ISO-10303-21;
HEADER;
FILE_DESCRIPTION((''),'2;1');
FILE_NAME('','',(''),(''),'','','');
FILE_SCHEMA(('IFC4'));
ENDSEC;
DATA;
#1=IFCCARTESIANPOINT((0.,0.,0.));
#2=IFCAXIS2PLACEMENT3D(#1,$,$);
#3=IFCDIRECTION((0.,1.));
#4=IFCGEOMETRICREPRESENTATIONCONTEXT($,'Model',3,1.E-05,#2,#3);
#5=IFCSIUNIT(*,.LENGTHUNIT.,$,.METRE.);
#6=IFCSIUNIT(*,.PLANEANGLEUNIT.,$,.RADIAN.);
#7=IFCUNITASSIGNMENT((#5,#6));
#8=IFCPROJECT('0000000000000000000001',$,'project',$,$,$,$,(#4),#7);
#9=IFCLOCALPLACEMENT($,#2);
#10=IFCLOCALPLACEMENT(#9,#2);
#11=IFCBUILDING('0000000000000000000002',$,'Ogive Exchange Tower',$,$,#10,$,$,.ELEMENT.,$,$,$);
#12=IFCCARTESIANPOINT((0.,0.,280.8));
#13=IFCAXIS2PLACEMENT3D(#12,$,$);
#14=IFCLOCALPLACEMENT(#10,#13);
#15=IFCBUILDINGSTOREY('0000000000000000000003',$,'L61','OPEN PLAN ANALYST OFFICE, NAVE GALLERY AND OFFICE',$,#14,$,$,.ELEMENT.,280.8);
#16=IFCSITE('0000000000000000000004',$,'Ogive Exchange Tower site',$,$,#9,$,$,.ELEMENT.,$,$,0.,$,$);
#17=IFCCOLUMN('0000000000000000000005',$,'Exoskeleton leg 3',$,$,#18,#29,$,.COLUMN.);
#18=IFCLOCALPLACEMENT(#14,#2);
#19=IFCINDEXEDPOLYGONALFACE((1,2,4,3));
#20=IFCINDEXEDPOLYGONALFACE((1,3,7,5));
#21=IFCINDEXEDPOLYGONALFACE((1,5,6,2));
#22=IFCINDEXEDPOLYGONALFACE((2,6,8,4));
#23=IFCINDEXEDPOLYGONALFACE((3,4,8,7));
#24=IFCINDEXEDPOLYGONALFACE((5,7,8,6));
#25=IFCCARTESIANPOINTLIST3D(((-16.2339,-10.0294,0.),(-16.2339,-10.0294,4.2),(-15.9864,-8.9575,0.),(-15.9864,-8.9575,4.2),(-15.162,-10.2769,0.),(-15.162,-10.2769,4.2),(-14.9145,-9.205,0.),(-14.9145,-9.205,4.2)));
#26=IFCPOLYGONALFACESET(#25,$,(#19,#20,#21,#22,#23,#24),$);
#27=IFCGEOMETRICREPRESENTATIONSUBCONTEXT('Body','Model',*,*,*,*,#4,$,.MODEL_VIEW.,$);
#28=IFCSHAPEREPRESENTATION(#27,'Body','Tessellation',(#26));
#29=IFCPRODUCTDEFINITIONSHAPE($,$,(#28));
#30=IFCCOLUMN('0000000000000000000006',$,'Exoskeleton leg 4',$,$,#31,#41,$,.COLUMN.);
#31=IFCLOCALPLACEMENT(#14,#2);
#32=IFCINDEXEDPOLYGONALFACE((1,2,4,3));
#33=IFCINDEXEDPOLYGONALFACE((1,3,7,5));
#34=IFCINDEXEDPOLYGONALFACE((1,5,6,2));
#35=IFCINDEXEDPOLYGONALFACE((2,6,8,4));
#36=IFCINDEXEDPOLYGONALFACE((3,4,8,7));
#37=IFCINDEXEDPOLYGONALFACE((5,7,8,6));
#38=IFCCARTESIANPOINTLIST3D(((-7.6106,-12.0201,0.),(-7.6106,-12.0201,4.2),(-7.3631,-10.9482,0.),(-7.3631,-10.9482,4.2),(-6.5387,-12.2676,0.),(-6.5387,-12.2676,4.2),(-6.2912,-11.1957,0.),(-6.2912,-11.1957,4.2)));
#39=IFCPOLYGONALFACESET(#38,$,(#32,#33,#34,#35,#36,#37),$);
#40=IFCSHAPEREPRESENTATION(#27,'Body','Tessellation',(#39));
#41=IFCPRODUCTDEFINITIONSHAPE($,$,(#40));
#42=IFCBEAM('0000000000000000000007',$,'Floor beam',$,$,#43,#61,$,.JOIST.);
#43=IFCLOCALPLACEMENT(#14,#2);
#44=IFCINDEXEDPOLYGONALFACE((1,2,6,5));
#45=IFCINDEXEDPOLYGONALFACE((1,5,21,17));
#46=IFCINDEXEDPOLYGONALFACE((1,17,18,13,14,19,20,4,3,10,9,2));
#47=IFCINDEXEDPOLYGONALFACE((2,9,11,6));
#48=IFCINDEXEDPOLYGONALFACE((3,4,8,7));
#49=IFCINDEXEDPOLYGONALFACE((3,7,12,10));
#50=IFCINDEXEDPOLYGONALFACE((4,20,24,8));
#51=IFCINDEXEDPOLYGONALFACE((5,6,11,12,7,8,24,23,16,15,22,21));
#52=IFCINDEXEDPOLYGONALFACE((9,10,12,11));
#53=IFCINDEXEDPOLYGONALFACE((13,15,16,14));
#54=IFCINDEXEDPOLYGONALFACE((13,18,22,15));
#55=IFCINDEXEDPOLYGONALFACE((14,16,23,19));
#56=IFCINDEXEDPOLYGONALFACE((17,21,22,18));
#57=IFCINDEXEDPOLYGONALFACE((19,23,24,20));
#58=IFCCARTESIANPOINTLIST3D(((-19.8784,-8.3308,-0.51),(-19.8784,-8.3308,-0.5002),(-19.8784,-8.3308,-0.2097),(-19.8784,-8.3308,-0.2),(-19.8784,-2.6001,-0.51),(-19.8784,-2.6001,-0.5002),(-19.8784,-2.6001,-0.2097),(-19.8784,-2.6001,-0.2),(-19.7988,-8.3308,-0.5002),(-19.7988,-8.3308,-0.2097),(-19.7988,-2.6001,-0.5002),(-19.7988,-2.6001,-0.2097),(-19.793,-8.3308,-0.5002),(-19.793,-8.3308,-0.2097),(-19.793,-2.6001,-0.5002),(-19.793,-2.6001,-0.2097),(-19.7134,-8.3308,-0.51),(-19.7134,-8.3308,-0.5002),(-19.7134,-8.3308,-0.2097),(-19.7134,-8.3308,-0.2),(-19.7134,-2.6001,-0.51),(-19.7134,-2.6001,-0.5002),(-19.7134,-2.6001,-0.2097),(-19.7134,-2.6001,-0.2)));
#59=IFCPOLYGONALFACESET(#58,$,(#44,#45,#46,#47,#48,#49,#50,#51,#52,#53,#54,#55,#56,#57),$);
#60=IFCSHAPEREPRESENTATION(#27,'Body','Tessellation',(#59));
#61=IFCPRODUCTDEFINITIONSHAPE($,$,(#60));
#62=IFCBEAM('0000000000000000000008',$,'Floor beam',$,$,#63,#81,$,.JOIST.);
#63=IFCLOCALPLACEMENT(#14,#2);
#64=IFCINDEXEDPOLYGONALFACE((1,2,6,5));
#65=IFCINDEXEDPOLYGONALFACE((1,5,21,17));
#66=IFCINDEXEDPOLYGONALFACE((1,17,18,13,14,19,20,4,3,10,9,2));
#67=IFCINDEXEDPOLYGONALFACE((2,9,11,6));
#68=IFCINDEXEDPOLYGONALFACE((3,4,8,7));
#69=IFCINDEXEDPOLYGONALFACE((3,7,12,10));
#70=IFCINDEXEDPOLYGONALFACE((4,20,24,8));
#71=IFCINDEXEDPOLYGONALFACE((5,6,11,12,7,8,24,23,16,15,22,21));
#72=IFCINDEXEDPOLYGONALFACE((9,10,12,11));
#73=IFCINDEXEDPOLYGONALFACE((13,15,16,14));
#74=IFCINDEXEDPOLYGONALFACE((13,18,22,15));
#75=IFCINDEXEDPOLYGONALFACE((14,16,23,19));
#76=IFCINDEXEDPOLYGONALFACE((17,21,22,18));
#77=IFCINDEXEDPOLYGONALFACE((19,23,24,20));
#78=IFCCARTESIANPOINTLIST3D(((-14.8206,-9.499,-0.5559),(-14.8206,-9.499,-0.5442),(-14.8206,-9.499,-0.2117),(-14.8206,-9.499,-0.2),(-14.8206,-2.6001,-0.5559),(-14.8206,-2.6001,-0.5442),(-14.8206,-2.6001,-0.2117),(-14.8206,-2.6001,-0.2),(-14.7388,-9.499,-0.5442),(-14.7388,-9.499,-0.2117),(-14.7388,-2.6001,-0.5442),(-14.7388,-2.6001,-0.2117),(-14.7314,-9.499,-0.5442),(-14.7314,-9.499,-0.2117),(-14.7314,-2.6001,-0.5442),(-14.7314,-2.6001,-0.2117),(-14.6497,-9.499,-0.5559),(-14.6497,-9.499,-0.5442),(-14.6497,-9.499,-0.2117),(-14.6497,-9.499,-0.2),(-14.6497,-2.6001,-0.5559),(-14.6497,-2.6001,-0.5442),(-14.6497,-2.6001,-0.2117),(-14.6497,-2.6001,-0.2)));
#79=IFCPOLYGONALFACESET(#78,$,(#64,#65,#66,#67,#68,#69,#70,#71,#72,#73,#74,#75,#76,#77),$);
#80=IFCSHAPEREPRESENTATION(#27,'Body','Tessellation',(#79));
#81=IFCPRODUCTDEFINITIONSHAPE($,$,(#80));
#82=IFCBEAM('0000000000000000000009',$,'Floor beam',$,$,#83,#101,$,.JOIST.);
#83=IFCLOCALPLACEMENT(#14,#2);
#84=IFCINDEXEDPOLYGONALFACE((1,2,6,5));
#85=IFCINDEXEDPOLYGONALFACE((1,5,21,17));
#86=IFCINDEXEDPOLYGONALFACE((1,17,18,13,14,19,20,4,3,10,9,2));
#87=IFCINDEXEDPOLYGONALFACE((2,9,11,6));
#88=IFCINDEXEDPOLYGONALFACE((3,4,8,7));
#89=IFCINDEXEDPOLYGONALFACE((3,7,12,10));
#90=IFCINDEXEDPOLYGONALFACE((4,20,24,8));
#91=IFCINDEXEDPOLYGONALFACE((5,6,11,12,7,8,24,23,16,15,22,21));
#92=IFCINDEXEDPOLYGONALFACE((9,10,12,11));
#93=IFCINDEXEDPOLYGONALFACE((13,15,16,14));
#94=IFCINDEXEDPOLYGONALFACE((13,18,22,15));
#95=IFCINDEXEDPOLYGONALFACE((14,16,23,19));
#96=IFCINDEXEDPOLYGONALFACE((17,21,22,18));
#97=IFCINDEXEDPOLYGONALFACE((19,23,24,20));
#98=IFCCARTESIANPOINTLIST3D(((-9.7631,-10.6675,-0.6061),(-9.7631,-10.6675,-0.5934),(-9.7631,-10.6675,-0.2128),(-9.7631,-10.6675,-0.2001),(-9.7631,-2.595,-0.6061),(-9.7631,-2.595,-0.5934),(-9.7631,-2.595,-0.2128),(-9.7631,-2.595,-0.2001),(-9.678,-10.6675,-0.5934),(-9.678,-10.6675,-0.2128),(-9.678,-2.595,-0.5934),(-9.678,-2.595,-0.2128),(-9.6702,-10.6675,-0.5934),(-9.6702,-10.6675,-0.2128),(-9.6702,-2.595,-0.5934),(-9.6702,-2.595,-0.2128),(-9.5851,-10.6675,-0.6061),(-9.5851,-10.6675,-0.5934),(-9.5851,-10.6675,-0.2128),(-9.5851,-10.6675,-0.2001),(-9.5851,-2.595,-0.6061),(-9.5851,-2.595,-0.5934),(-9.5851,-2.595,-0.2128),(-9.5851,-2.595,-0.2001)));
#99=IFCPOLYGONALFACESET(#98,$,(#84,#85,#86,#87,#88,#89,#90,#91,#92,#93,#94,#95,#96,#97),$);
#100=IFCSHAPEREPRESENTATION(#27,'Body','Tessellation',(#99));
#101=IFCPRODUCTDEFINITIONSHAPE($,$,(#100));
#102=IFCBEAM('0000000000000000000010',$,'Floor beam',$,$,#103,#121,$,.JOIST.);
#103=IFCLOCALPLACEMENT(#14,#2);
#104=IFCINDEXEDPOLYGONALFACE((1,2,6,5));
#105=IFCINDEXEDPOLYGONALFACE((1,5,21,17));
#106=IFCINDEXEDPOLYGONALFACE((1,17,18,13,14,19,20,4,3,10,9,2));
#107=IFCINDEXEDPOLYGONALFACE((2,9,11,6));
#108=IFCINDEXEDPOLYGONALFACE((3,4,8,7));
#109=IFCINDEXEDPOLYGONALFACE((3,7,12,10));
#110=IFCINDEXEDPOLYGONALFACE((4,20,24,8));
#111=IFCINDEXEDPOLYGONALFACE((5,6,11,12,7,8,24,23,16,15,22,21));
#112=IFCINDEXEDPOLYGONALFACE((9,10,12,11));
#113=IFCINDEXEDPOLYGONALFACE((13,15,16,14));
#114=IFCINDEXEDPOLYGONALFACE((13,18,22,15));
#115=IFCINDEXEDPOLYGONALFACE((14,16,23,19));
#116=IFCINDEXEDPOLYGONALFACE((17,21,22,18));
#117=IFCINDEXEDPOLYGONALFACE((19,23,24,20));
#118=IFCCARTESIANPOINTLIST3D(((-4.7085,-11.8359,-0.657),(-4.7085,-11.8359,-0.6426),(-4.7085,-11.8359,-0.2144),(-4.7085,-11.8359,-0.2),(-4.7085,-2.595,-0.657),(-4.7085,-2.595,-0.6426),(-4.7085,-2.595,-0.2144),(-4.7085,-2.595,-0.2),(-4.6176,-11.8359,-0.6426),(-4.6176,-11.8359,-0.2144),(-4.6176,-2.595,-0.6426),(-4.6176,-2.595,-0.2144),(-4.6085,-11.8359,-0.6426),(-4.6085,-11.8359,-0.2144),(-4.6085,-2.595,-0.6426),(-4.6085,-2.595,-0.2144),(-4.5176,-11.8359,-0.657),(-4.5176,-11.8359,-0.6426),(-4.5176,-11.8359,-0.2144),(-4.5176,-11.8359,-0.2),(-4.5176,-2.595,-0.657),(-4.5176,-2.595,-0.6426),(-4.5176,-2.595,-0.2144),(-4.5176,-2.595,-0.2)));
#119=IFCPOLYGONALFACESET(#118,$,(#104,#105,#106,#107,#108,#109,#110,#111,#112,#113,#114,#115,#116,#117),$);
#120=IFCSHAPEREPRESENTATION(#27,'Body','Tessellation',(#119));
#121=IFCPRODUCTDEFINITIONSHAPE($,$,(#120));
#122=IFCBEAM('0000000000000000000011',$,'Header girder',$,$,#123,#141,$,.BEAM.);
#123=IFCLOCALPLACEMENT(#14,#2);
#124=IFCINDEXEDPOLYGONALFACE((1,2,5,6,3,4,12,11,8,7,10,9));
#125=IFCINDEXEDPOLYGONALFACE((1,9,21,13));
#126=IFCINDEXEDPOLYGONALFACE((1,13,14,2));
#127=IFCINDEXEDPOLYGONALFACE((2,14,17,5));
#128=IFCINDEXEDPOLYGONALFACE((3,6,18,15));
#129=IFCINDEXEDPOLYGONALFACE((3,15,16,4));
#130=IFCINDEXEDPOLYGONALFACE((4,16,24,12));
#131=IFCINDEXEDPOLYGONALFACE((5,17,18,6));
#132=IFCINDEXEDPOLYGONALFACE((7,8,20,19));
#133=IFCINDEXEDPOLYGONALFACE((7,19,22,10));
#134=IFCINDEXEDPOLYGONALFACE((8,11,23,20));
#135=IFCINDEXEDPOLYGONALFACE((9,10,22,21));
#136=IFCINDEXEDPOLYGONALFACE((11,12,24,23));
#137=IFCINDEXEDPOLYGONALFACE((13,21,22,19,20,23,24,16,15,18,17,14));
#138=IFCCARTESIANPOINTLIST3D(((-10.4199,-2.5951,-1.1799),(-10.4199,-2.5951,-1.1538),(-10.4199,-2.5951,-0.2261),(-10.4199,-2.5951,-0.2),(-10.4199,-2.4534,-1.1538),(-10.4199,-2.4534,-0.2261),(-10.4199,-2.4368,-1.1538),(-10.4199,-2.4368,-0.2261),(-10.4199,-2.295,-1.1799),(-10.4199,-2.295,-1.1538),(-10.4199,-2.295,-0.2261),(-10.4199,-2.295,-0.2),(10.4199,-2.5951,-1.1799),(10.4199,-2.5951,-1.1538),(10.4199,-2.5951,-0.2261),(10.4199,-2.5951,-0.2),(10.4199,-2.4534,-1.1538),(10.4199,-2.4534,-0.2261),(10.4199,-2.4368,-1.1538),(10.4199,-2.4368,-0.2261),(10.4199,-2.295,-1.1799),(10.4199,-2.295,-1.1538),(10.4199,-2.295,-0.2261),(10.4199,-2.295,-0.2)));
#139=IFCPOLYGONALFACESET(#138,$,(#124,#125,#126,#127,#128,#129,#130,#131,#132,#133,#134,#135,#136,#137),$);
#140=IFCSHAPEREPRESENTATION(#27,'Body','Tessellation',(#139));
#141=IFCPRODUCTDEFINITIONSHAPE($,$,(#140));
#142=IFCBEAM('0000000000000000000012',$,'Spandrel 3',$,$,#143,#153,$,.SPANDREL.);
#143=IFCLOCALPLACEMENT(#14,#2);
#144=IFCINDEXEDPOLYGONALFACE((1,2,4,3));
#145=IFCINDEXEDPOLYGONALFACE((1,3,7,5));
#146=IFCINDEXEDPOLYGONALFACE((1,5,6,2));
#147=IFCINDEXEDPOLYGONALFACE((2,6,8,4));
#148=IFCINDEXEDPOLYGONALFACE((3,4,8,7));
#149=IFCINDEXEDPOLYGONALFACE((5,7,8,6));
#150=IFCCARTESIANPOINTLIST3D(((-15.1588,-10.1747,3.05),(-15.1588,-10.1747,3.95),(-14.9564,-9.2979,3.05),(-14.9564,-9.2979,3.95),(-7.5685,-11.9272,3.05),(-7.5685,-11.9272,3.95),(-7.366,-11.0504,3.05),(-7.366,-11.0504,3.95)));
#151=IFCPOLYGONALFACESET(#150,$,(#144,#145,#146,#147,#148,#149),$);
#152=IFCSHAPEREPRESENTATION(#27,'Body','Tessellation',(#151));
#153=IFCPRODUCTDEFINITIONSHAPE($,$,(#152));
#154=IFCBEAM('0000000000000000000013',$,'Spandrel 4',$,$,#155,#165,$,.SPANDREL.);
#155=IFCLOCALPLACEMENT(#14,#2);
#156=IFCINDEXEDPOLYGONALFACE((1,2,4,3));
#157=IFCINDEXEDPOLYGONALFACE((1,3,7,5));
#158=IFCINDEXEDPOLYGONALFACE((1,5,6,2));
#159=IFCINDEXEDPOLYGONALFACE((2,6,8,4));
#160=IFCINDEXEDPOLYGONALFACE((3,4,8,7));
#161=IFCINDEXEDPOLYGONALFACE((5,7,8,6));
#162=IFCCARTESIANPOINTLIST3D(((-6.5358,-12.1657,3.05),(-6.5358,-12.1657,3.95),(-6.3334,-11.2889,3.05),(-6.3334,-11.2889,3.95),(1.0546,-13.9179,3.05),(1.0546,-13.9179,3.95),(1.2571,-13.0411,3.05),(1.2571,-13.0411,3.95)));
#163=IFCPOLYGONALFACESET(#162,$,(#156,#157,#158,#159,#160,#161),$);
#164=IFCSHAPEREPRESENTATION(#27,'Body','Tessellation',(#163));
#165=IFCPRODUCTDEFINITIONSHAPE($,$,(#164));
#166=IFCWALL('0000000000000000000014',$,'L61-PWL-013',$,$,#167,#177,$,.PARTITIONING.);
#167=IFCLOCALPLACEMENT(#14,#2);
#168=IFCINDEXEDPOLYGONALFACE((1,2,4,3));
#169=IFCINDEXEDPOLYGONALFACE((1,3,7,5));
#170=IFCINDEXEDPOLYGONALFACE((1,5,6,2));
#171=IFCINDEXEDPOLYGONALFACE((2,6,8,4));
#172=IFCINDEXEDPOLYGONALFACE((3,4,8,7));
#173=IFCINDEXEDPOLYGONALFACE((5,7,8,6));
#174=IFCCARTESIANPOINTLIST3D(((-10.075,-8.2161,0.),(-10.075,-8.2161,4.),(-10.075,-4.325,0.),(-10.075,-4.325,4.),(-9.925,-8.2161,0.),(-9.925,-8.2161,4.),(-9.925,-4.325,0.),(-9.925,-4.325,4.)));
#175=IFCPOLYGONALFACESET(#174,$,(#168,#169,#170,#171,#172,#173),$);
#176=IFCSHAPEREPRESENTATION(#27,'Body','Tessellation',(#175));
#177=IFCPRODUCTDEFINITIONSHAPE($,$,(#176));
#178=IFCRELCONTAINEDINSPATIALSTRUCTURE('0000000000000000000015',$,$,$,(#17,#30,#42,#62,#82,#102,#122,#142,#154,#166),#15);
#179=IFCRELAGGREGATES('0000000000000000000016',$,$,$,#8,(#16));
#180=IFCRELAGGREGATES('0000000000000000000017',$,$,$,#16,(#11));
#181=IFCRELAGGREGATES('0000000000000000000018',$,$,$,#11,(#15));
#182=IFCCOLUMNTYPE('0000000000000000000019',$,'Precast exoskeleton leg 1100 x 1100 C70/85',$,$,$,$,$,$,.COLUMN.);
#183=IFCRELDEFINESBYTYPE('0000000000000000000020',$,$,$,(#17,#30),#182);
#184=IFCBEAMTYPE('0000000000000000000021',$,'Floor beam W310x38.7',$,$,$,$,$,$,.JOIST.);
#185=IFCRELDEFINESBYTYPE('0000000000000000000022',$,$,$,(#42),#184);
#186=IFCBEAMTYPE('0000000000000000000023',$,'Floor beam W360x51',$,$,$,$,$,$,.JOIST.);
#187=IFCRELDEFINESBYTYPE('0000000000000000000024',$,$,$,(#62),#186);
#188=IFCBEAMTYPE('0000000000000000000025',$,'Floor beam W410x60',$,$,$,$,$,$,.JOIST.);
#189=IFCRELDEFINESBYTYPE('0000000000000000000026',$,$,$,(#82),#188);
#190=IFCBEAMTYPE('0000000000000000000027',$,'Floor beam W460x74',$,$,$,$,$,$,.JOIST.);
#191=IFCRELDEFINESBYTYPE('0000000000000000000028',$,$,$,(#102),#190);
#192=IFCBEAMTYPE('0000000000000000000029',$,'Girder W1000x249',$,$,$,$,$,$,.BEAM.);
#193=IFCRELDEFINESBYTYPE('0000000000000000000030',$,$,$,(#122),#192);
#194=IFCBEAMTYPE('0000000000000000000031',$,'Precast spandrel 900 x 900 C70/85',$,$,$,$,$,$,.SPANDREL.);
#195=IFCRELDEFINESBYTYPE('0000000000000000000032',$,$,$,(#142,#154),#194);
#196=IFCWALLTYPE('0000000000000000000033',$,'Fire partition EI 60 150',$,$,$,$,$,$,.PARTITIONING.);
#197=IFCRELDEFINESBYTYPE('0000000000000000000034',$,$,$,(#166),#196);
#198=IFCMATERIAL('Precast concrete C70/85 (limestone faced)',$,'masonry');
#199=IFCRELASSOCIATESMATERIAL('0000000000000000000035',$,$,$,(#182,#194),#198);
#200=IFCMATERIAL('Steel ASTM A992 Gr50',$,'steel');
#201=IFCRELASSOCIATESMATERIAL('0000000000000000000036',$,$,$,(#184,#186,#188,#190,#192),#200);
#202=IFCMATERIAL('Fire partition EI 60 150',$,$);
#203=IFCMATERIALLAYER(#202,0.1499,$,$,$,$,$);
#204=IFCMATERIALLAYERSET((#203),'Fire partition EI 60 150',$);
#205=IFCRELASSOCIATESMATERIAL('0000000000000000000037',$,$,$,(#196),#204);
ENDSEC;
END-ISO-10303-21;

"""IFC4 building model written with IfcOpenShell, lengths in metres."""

from ifc_helpers import new_model, si_unit, direction, frame, frame_2d, origin, origin_2d, place, context, subcontext, project, spatial, rectangle, i_section, extrude, material, layer, layer_set, material_profile, profile_set, type_object, element, save


model = new_model("IFC4")

# Units and contexts
model_context = context("Model", 3, precision=1e-05, world=origin(), true_north=direction((0.0, 1.0)))
body_context = subcontext(model_context, "Body", "Model", "MODEL_VIEW")
ifc_project = project(units=[si_unit("LENGTHUNIT", "METRE"), si_unit("PLANEANGLEUNIT", "RADIAN")], contexts=[model_context])

# Site, building, storey
site_placement = place(None, origin())
site = spatial("IfcSite", under=ifc_project, at=site_placement, Name="Ogive Exchange Tower site", CompositionType="ELEMENT", RefElevation=0.0)
building_placement = place(site_placement, origin())
building = spatial("IfcBuilding", under=site, at=building_placement, Name="Ogive Exchange Tower", CompositionType="ELEMENT")
storey_placement = place(building_placement, frame((0.0, 0.0, 280.8)))
storey = spatial("IfcBuildingStorey", under=building, at=storey_placement, Name="L61", Description="OPEN PLAN ANALYST OFFICE, NAVE GALLERY AND OFFICE", CompositionType="ELEMENT", Elevation=280.8)

# Columns
ifc_material_1 = material(Name="Precast concrete C70/85 (limestone faced)", Category="masonry")
ifc_material_profile_1 = material_profile(ifc_material_1, rectangle(XDim=1.1001, YDim=1.1001, at=origin_2d()), Name="1100 x 1100")
ifc_profile_set_1 = profile_set([ifc_material_profile_1], Name="Precast concrete C70/85 (limestone faced)")
column_type = type_object("IfcColumnType", Name="Precast exoskeleton leg 1100 x 1100 C70/85", PredefinedType="COLUMN", material=ifc_profile_set_1)
for number, where, z_axis, x_axis, name in (
    (1, (-15.5742, -9.6172, 0.0), (0.0, 0.0, 1.0), (0.97437, -0.224951, 0.0), "Exoskeleton leg 3"),
    (2, (-6.9509, -11.6079, 0.0), (0.0, 0.0, 1.0), (0.97437, -0.224951, 0.0), "Exoskeleton leg 4"),
):
    element("IfcColumn", number, at=place(storey_placement, frame(where, z_axis=z_axis, x_axis=x_axis)), inside=storey, type_object=column_type, Name=name, PredefinedType="COLUMN", context=body_context, shape_type="SweptSolid", body=[
        extrude(rectangle(XDim=1.1001, YDim=1.1001, at=origin_2d()), origin(), (0.0, 0.0, 1.0), 4.2),
    ])

# Beams
ifc_material_2 = material(Name="Steel ASTM A992 Gr50", Category="steel")
ifc_material_profile_2 = material_profile(ifc_material_2, i_section(OverallWidth=0.165, OverallDepth=0.3101, WebThickness=0.0059, FlangeThickness=0.0098, at=origin_2d()), Name="W310x38.7")
ifc_profile_set_2 = profile_set([ifc_material_profile_2], Name="Steel ASTM A992 Gr50")
beam_type_1 = type_object("IfcBeamType", Name="Floor beam W310x38.7", PredefinedType="JOIST", material=ifc_profile_set_2)
beam_1_placement = place(storey_placement, frame((-19.7959, -8.3308, -0.355), z_axis=(0.0, 1.0, 0.0), x_axis=(-1.0, 0.0, 0.0)))
element("IfcBeam", 3, at=beam_1_placement, inside=storey, type_object=beam_type_1, Name="Floor beam", PredefinedType="JOIST", context=body_context, shape_type="SweptSolid", body=[
    extrude(i_section(OverallWidth=0.165, OverallDepth=0.3101, WebThickness=0.0059, FlangeThickness=0.0098, at=origin_2d()), origin(), (0.0, 0.0, 1.0), 5.7307),
])
ifc_material_profile_3 = material_profile(ifc_material_2, i_section(OverallWidth=0.1709, OverallDepth=0.356, WebThickness=0.0073, FlangeThickness=0.0117, at=origin_2d()), Name="W360x51")
ifc_profile_set_3 = profile_set([ifc_material_profile_3], Name="Steel ASTM A992 Gr50")
beam_type_2 = type_object("IfcBeamType", Name="Floor beam W360x51", PredefinedType="JOIST", material=ifc_profile_set_3)
beam_2_placement = place(storey_placement, frame((-14.7351, -9.499, -0.3779), z_axis=(0.0, 1.0, 0.0), x_axis=(-1.0, 0.0, 0.0)))
element("IfcBeam", 4, at=beam_2_placement, inside=storey, type_object=beam_type_2, Name="Floor beam", PredefinedType="JOIST", context=body_context, shape_type="SweptSolid", body=[
    extrude(i_section(OverallWidth=0.1709, OverallDepth=0.356, WebThickness=0.0073, FlangeThickness=0.0117, at=origin_2d()), origin(), (0.0, 0.0, 1.0), 6.8989),
])
ifc_material_profile_4 = material_profile(ifc_material_2, i_section(OverallWidth=0.178, OverallDepth=0.406, WebThickness=0.0078, FlangeThickness=0.0127, at=origin_2d()), Name="W410x60")
ifc_profile_set_4 = profile_set([ifc_material_profile_4], Name="Steel ASTM A992 Gr50")
beam_type_3 = type_object("IfcBeamType", Name="Floor beam W410x60", PredefinedType="JOIST", material=ifc_profile_set_4)
beam_3_placement = place(storey_placement, frame((-9.6741, -10.6675, -0.4031), z_axis=(0.0, 1.0, 0.0), x_axis=(-1.0, 0.0, 0.0)))
element("IfcBeam", 5, at=beam_3_placement, inside=storey, type_object=beam_type_3, Name="Floor beam", PredefinedType="JOIST", context=body_context, shape_type="SweptSolid", body=[
    extrude(i_section(OverallWidth=0.178, OverallDepth=0.406, WebThickness=0.0078, FlangeThickness=0.0127, at=origin_2d()), origin(), (0.0, 0.0, 1.0), 8.0725),
])
ifc_material_profile_5 = material_profile(ifc_material_2, i_section(OverallWidth=0.1909, OverallDepth=0.457, WebThickness=0.009, FlangeThickness=0.0144, at=origin_2d()), Name="W460x74")
ifc_profile_set_5 = profile_set([ifc_material_profile_5], Name="Steel ASTM A992 Gr50")
beam_type_4 = type_object("IfcBeamType", Name="Floor beam W460x74", PredefinedType="JOIST", material=ifc_profile_set_5)
beam_4_placement = place(storey_placement, frame((-4.613, -11.8359, -0.4285), z_axis=(0.0, 1.0, 0.0), x_axis=(-1.0, 0.0, 0.0)))
element("IfcBeam", 6, at=beam_4_placement, inside=storey, type_object=beam_type_4, Name="Floor beam", PredefinedType="JOIST", context=body_context, shape_type="SweptSolid", body=[
    extrude(i_section(OverallWidth=0.1909, OverallDepth=0.457, WebThickness=0.009, FlangeThickness=0.0144, at=origin_2d()), origin(), (0.0, 0.0, 1.0), 9.241),
])
ifc_material_profile_6 = material_profile(ifc_material_2, i_section(OverallWidth=0.3, OverallDepth=0.98, WebThickness=0.0166, FlangeThickness=0.0261, at=origin_2d()), Name="W1000x249")
ifc_profile_set_6 = profile_set([ifc_material_profile_6], Name="Steel ASTM A992 Gr50")
beam_type_5 = type_object("IfcBeamType", Name="Girder W1000x249", PredefinedType="BEAM", material=ifc_profile_set_6)
beam_5_placement = place(storey_placement, frame((-10.4199, -2.4451, -0.6899), z_axis=(1.0, 0.0, 0.0), x_axis=(0.0, 1.0, 0.0)))
element("IfcBeam", 7, at=beam_5_placement, inside=storey, type_object=beam_type_5, Name="Header girder", PredefinedType="BEAM", context=body_context, shape_type="SweptSolid", body=[
    extrude(i_section(OverallWidth=0.3, OverallDepth=0.98, WebThickness=0.0166, FlangeThickness=0.0261, at=origin_2d()), origin(), (0.0, 0.0, 1.0), 20.8398),
])
ifc_material_profile_7 = material_profile(ifc_material_1, rectangle(XDim=0.8999, YDim=0.8999, at=origin_2d()), Name="900 x 900")
ifc_profile_set_7 = profile_set([ifc_material_profile_7], Name="Precast concrete C70/85 (limestone faced)")
beam_type_6 = type_object("IfcBeamType", Name="Precast spandrel 900 x 900 C70/85", PredefinedType="SPANDREL", material=ifc_profile_set_7)
for number, where, z_axis, x_axis, name in (
    (8, (-15.0576, -9.7363, 3.5), (0.974368, -0.22496, 0.0), (0.22496, 0.974368, 0.0), "Spandrel 3"),
    (9, (-6.4346, -11.7273, 3.5), (0.974375, -0.22493, 0.0), (0.22493, 0.974375, 0.0), "Spandrel 4"),
):
    element("IfcBeam", number, at=place(storey_placement, frame(where, z_axis=z_axis, x_axis=x_axis)), inside=storey, type_object=beam_type_6, Name=name, PredefinedType="SPANDREL", context=body_context, shape_type="SweptSolid", body=[
        extrude(rectangle(XDim=0.8999, YDim=0.8999, at=origin_2d()), origin(), (0.0, 0.0, 1.0), 7.79),
    ])

# Wall
ifc_material_3 = material(Name="Fire partition EI 60 150")
ifc_layer_1 = layer(ifc_material_3, 0.1499)
ifc_layer_set_1 = layer_set([ifc_layer_1], Name="Fire partition EI 60 150")
wall_type_1 = type_object("IfcWallType", Name="Fire partition EI 60 150", PredefinedType="PARTITIONING", material=ifc_layer_set_1)
wall_1_placement = place(storey_placement, frame((-10.0, -8.2161, 0.0), z_axis=(0.0, 0.0, 1.0), x_axis=(0.0, 1.0, 0.0)))
element("IfcWall", 10, at=wall_1_placement, inside=storey, type_object=wall_type_1, Name="L61-PWL-013", PredefinedType="PARTITIONING", context=body_context, shape_type="SweptSolid", body=[
    extrude(rectangle(XDim=3.8911, YDim=0.1499, at=frame_2d((1.9456, 0.0))), origin(), (0.0, 0.0, 1.0), 4.0),
])

save(model, "model.ifc")
